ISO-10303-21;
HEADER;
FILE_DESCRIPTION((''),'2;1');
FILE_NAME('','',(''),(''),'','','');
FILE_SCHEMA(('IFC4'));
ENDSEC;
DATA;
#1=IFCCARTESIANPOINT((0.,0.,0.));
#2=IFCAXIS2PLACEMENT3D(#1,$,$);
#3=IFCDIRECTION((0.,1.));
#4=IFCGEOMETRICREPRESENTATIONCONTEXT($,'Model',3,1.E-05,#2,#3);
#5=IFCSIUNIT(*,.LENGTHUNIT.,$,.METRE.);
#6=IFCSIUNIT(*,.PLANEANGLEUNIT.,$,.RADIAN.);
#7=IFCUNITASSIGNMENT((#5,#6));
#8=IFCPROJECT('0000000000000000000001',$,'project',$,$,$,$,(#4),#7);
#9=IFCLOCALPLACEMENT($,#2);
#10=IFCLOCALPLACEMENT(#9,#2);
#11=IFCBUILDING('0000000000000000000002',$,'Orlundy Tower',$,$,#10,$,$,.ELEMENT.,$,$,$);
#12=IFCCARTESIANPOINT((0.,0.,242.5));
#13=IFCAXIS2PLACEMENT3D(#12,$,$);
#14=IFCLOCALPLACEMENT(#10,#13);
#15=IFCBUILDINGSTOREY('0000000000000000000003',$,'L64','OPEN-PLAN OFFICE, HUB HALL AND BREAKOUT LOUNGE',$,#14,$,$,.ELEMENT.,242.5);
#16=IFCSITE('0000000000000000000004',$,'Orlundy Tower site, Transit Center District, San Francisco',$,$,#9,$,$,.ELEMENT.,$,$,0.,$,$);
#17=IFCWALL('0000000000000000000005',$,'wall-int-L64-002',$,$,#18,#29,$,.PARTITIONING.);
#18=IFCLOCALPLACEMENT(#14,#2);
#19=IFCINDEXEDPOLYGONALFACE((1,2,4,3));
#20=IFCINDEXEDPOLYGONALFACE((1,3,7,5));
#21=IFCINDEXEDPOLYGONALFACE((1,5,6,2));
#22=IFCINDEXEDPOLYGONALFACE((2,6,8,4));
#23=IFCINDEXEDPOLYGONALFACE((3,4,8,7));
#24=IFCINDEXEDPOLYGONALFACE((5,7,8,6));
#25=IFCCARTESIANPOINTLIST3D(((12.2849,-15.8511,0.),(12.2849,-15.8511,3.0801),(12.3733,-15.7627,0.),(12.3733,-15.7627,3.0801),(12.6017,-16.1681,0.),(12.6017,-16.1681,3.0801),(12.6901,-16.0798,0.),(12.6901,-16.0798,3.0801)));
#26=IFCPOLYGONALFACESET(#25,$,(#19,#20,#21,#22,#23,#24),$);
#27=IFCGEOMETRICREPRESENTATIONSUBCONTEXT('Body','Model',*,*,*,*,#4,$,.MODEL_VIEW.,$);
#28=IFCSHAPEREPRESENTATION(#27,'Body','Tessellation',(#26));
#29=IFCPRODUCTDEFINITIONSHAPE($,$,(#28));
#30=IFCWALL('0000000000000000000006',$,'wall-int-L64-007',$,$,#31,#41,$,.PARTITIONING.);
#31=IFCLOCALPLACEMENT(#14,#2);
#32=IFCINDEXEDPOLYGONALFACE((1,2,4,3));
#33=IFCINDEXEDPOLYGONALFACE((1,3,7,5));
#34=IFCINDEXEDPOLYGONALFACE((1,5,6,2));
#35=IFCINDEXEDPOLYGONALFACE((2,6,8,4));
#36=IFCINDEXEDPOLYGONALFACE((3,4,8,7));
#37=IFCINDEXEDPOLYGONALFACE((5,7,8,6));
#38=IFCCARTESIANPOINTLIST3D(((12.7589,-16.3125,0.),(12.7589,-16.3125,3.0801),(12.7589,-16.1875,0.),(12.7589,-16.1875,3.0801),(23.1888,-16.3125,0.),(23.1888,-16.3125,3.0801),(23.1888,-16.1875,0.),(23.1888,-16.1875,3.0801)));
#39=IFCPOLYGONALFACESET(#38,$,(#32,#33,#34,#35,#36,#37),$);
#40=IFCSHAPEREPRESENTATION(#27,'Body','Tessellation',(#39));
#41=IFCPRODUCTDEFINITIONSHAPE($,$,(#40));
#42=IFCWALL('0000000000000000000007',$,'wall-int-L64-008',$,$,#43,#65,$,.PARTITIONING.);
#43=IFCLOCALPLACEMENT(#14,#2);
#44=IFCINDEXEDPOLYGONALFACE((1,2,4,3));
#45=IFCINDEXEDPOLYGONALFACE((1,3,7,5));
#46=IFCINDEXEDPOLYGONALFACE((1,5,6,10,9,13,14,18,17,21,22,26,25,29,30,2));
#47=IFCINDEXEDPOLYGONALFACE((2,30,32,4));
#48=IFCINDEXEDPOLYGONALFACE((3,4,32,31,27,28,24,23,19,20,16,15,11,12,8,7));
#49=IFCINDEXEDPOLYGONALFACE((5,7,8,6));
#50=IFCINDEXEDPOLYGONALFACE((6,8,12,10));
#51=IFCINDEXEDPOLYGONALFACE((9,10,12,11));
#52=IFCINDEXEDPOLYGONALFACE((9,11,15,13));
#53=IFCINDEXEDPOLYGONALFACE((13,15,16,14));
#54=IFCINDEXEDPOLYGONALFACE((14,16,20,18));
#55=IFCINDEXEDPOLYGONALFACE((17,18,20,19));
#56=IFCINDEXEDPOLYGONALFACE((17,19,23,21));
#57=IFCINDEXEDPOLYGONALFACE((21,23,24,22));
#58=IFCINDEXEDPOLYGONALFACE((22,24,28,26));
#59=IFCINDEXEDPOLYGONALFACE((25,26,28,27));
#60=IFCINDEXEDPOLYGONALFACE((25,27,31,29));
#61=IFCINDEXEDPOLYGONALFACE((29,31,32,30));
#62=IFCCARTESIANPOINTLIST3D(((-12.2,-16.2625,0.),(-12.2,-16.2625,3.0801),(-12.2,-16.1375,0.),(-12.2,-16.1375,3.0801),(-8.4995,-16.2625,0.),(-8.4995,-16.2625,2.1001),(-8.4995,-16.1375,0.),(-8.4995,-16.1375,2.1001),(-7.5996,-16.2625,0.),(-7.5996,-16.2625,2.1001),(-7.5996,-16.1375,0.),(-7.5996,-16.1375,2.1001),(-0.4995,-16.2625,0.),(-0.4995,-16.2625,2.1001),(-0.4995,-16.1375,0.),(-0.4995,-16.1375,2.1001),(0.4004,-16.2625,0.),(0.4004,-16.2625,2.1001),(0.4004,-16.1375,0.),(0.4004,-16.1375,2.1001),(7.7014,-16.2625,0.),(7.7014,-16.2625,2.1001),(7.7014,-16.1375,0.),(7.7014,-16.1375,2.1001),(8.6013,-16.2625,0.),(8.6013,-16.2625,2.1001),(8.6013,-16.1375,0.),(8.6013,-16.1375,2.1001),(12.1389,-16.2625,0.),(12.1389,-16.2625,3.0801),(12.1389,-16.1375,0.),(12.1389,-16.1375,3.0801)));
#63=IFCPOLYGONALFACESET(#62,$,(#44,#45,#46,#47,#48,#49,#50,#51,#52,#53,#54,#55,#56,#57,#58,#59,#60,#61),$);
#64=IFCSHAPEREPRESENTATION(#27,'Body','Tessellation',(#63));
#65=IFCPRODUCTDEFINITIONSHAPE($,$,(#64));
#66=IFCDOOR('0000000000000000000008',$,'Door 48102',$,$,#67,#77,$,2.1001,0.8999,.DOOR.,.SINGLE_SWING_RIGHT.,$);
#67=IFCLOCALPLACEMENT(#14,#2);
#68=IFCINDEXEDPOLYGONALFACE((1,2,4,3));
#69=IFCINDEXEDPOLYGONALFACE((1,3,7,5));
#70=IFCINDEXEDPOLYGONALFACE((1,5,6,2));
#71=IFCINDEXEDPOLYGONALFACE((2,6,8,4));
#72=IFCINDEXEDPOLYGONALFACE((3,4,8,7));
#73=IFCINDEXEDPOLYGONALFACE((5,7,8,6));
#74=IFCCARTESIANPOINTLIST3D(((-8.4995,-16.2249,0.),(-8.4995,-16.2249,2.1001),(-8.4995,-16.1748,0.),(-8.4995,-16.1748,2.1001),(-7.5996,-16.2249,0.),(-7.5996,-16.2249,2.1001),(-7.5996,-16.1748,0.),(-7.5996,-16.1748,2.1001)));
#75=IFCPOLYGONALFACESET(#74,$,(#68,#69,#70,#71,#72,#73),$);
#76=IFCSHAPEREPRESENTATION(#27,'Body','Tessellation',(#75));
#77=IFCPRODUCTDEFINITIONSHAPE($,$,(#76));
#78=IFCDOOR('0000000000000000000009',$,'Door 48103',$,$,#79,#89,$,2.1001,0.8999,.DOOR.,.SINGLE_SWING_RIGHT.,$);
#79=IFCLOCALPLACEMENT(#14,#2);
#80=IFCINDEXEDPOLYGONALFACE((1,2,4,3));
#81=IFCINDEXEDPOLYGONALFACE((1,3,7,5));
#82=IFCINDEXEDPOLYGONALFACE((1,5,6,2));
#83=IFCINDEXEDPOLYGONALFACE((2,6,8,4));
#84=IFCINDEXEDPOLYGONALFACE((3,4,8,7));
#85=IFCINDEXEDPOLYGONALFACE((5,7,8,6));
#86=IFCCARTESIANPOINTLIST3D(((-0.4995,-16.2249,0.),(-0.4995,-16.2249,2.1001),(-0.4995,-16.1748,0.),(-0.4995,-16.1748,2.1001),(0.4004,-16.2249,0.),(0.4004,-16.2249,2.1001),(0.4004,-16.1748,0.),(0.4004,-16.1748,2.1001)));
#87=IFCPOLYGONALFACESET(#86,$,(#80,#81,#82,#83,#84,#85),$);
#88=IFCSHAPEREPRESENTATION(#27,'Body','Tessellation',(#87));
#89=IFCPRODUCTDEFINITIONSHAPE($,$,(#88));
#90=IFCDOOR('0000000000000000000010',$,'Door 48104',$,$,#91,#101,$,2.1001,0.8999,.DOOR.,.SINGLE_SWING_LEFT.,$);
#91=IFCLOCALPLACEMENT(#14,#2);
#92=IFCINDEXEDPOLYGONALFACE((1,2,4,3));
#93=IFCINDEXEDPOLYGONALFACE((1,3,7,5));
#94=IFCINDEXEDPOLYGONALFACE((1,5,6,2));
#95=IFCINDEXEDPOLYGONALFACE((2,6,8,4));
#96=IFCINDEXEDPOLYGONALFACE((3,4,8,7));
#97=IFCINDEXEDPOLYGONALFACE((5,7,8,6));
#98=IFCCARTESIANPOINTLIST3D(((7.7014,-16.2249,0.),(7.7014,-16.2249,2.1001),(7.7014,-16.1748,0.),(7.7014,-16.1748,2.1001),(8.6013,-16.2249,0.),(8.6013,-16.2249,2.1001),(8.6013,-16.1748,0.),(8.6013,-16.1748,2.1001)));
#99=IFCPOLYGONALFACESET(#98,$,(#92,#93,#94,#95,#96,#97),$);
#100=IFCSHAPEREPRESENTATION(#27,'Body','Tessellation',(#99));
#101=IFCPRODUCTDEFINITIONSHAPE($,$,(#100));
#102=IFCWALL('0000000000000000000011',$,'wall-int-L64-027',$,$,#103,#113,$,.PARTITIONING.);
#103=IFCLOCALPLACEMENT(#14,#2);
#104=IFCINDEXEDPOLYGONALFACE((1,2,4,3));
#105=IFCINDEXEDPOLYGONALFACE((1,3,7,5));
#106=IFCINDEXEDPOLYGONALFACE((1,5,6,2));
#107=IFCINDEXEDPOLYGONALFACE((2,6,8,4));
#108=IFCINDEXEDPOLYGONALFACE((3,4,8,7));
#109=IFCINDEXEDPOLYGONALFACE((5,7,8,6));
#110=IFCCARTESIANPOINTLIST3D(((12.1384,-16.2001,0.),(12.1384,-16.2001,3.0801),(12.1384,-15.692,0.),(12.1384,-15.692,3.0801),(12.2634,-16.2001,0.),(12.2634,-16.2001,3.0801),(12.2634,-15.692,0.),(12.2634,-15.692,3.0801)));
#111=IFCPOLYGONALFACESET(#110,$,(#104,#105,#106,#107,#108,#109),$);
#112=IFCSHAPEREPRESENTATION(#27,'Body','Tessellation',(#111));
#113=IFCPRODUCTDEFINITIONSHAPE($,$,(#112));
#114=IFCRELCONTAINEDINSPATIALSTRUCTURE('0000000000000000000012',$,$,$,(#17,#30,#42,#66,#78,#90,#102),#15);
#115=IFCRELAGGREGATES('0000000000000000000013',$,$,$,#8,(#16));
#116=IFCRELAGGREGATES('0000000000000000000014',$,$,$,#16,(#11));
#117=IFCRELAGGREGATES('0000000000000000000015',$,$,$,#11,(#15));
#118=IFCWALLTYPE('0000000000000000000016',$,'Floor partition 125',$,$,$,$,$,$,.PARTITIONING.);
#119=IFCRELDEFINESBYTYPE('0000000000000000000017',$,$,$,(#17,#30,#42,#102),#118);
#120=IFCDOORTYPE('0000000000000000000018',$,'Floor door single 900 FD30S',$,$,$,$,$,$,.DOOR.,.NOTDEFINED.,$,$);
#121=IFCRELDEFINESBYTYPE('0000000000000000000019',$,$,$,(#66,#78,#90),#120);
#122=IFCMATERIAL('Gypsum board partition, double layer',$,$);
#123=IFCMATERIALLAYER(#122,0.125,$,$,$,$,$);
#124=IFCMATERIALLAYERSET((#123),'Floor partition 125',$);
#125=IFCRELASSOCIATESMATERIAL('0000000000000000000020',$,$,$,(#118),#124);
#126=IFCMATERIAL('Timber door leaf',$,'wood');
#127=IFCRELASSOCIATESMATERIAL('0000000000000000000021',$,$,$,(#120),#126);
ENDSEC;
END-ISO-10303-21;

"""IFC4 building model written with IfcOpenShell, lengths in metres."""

from ifc_helpers import new_model, si_unit, direction, frame, frame_2d, origin, place, context, subcontext, project, spatial, rectangle, extrude, material, layer, layer_set, type_object, element, fill, save


model = new_model("IFC4")

# Units and contexts
model_context = context("Model", 3, precision=1e-05, world=origin(), true_north=direction((0.0, 1.0)))
body_context = subcontext(model_context, "Body", "Model", "MODEL_VIEW")
ifc_project = project(units=[si_unit("LENGTHUNIT", "METRE"), si_unit("PLANEANGLEUNIT", "RADIAN")], contexts=[model_context])

# Site, building, storey
site_placement = place(None, origin())
site = spatial("IfcSite", under=ifc_project, at=site_placement, Name="Orlundy Tower site, Transit Center District, San Francisco", CompositionType="ELEMENT", RefElevation=0.0)
building_placement = place(site_placement, origin())
building = spatial("IfcBuilding", under=site, at=building_placement, Name="Orlundy Tower", CompositionType="ELEMENT")
storey_placement = place(building_placement, frame((0.0, 0.0, 242.5)))
storey = spatial("IfcBuildingStorey", under=building, at=storey_placement, Name="L64", Description="OPEN-PLAN OFFICE, HUB HALL AND BREAKOUT LOUNGE", CompositionType="ELEMENT", Elevation=242.5)

# Walls
ifc_material_1 = material(Name="Gypsum board partition, double layer")
ifc_layer_1 = layer(ifc_material_1, 0.125)
ifc_layer_set_1 = layer_set([ifc_layer_1], Name="Floor partition 125")
wall_type_1 = type_object("IfcWallType", Name="Floor partition 125", PredefinedType="PARTITIONING", material=ifc_layer_set_1)
wall_1_placement = place(storey_placement, frame((12.3291, -15.8069, 0.0), z_axis=(0.0, 0.0, 1.0), x_axis=(0.706834, -0.707379, 0.0)))
element("IfcWall", 1, at=wall_1_placement, inside=storey, type_object=wall_type_1, Name="wall-int-L64-002", PredefinedType="PARTITIONING", context=body_context, shape_type="SweptSolid", body=[
    extrude(rectangle(XDim=0.4482, YDim=0.125, at=frame_2d((0.2241, 0.0))), origin(), (0.0, 0.0, 1.0), 3.0801),
])
wall_2_placement = place(storey_placement, frame((12.759, -16.25, 0.0), z_axis=(0.0, 0.0, 1.0), x_axis=(1.0, 0.0, 0.0)))
element("IfcWall", 2, at=wall_2_placement, inside=storey, type_object=wall_type_1, Name="wall-int-L64-007", PredefinedType="PARTITIONING", context=body_context, shape_type="SweptSolid", body=[
    extrude(rectangle(XDim=10.4299, YDim=0.125, at=frame_2d((5.2148, 0.0))), origin(), (0.0, 0.0, 1.0), 3.0801),
])

# Wall, openings, doors
wall_3_placement = place(storey_placement, frame((12.1389, -16.2, 0.0), z_axis=(0.0, 0.0, 1.0), x_axis=(-1.0, 0.0, 0.0)))
wall_3 = element("IfcWall", 3, at=wall_3_placement, inside=storey, type_object=wall_type_1, Name="wall-int-L64-008", PredefinedType="PARTITIONING", context=body_context, shape_type="SweptSolid", body=[
    extrude(rectangle(XDim=24.3389, YDim=0.125, at=frame_2d((12.1694, 0.0))), origin(), (0.0, 0.0, 1.0), 3.0801),
])
opening_1_placement = place(wall_3_placement, frame((19.7385, 0.0, 0.0)))
opening_1 = element("IfcOpeningElement", 4, at=opening_1_placement, cuts=wall_3, PredefinedType="OPENING", context=body_context, shape_type="SweptSolid", body=[
    extrude(rectangle(XDim=0.8999, YDim=2.1001, at=frame_2d((0.45, 1.05))), frame((0.0, 0.0725, 0.0), z_axis=(0.0, -1.0, 0.0), x_axis=(1.0, 0.0, 0.0)), (0.0, 0.0, 1.0), 0.145),
])
opening_2_placement = place(wall_3_placement, frame((11.7385, 0.0, 0.0)))
opening_2 = element("IfcOpeningElement", 5, at=opening_2_placement, cuts=wall_3, PredefinedType="OPENING", context=body_context, shape_type="SweptSolid", body=[
    extrude(rectangle(XDim=0.8999, YDim=2.1001, at=frame_2d((0.45, 1.05))), frame((0.0, 0.0725, 0.0), z_axis=(0.0, -1.0, 0.0), x_axis=(1.0, 0.0, 0.0)), (0.0, 0.0, 1.0), 0.145),
])
opening_3_placement = place(wall_3_placement, frame((3.5376, 0.0, 0.0)))
opening_3 = element("IfcOpeningElement", 6, at=opening_3_placement, cuts=wall_3, PredefinedType="OPENING", context=body_context, shape_type="SweptSolid", body=[
    extrude(rectangle(XDim=0.8999, YDim=2.1001, at=frame_2d((0.45, 1.05))), frame((0.0, 0.0725, 0.0), z_axis=(0.0, -1.0, 0.0), x_axis=(1.0, 0.0, 0.0)), (0.0, 0.0, 1.0), 0.145),
])
ifc_material_2 = material(Name="Timber door leaf", Category="wood")
door_type = type_object("IfcDoorType", Name="Floor door single 900 FD30S", OperationType="NOTDEFINED", PredefinedType="DOOR", material=ifc_material_2)
door_1_placement = place(opening_1_placement, origin())
door_1 = element("IfcDoor", 7, at=door_1_placement, inside=storey, type_object=door_type, Name="Door 48102", OperationType="SINGLE_SWING_RIGHT", OverallHeight=2.1001, OverallWidth=0.8999, PredefinedType="DOOR", context=body_context, shape_type="SweptSolid", body=[
    extrude(rectangle(XDim=0.8999, YDim=2.1001, at=frame_2d((0.45, 1.05))), frame((0.0, 0.0249, 0.0), z_axis=(0.0, -1.0, 0.0), x_axis=(1.0, 0.0, 0.0)), (0.0, 0.0, 1.0), 0.05),
])
fill(opening_1, door_1)
door_2_placement = place(opening_2_placement, origin())
door_2 = element("IfcDoor", 8, at=door_2_placement, inside=storey, type_object=door_type, Name="Door 48103", OperationType="SINGLE_SWING_RIGHT", OverallHeight=2.1001, OverallWidth=0.8999, PredefinedType="DOOR", context=body_context, shape_type="SweptSolid", body=[
    extrude(rectangle(XDim=0.8999, YDim=2.1001, at=frame_2d((0.45, 1.05))), frame((0.0, 0.0249, 0.0), z_axis=(0.0, -1.0, 0.0), x_axis=(1.0, 0.0, 0.0)), (0.0, 0.0, 1.0), 0.05),
])
fill(opening_2, door_2)
door_3_placement = place(opening_3_placement, origin())
door_3 = element("IfcDoor", 9, at=door_3_placement, inside=storey, type_object=door_type, Name="Door 48104", OperationType="SINGLE_SWING_LEFT", OverallHeight=2.1001, OverallWidth=0.8999, PredefinedType="DOOR", context=body_context, shape_type="SweptSolid", body=[
    extrude(rectangle(XDim=0.8999, YDim=2.1001, at=frame_2d((0.45, 1.05))), frame((0.0, 0.0249, 0.0), z_axis=(0.0, -1.0, 0.0), x_axis=(1.0, 0.0, 0.0)), (0.0, 0.0, 1.0), 0.05),
])
fill(opening_3, door_3)

# Wall
wall_4_placement = place(storey_placement, frame((12.2009, -16.2, 0.0), z_axis=(0.0, 0.0, 1.0), x_axis=(0.0, 1.0, 0.0)))
element("IfcWall", 10, at=wall_4_placement, inside=storey, type_object=wall_type_1, Name="wall-int-L64-027", PredefinedType="PARTITIONING", context=body_context, shape_type="SweptSolid", body=[
    extrude(rectangle(XDim=0.5081, YDim=0.125, at=frame_2d((0.2539, 0.0))), origin(), (0.0, 0.0, 1.0), 3.0801),
])

save(model, "model.ifc")
